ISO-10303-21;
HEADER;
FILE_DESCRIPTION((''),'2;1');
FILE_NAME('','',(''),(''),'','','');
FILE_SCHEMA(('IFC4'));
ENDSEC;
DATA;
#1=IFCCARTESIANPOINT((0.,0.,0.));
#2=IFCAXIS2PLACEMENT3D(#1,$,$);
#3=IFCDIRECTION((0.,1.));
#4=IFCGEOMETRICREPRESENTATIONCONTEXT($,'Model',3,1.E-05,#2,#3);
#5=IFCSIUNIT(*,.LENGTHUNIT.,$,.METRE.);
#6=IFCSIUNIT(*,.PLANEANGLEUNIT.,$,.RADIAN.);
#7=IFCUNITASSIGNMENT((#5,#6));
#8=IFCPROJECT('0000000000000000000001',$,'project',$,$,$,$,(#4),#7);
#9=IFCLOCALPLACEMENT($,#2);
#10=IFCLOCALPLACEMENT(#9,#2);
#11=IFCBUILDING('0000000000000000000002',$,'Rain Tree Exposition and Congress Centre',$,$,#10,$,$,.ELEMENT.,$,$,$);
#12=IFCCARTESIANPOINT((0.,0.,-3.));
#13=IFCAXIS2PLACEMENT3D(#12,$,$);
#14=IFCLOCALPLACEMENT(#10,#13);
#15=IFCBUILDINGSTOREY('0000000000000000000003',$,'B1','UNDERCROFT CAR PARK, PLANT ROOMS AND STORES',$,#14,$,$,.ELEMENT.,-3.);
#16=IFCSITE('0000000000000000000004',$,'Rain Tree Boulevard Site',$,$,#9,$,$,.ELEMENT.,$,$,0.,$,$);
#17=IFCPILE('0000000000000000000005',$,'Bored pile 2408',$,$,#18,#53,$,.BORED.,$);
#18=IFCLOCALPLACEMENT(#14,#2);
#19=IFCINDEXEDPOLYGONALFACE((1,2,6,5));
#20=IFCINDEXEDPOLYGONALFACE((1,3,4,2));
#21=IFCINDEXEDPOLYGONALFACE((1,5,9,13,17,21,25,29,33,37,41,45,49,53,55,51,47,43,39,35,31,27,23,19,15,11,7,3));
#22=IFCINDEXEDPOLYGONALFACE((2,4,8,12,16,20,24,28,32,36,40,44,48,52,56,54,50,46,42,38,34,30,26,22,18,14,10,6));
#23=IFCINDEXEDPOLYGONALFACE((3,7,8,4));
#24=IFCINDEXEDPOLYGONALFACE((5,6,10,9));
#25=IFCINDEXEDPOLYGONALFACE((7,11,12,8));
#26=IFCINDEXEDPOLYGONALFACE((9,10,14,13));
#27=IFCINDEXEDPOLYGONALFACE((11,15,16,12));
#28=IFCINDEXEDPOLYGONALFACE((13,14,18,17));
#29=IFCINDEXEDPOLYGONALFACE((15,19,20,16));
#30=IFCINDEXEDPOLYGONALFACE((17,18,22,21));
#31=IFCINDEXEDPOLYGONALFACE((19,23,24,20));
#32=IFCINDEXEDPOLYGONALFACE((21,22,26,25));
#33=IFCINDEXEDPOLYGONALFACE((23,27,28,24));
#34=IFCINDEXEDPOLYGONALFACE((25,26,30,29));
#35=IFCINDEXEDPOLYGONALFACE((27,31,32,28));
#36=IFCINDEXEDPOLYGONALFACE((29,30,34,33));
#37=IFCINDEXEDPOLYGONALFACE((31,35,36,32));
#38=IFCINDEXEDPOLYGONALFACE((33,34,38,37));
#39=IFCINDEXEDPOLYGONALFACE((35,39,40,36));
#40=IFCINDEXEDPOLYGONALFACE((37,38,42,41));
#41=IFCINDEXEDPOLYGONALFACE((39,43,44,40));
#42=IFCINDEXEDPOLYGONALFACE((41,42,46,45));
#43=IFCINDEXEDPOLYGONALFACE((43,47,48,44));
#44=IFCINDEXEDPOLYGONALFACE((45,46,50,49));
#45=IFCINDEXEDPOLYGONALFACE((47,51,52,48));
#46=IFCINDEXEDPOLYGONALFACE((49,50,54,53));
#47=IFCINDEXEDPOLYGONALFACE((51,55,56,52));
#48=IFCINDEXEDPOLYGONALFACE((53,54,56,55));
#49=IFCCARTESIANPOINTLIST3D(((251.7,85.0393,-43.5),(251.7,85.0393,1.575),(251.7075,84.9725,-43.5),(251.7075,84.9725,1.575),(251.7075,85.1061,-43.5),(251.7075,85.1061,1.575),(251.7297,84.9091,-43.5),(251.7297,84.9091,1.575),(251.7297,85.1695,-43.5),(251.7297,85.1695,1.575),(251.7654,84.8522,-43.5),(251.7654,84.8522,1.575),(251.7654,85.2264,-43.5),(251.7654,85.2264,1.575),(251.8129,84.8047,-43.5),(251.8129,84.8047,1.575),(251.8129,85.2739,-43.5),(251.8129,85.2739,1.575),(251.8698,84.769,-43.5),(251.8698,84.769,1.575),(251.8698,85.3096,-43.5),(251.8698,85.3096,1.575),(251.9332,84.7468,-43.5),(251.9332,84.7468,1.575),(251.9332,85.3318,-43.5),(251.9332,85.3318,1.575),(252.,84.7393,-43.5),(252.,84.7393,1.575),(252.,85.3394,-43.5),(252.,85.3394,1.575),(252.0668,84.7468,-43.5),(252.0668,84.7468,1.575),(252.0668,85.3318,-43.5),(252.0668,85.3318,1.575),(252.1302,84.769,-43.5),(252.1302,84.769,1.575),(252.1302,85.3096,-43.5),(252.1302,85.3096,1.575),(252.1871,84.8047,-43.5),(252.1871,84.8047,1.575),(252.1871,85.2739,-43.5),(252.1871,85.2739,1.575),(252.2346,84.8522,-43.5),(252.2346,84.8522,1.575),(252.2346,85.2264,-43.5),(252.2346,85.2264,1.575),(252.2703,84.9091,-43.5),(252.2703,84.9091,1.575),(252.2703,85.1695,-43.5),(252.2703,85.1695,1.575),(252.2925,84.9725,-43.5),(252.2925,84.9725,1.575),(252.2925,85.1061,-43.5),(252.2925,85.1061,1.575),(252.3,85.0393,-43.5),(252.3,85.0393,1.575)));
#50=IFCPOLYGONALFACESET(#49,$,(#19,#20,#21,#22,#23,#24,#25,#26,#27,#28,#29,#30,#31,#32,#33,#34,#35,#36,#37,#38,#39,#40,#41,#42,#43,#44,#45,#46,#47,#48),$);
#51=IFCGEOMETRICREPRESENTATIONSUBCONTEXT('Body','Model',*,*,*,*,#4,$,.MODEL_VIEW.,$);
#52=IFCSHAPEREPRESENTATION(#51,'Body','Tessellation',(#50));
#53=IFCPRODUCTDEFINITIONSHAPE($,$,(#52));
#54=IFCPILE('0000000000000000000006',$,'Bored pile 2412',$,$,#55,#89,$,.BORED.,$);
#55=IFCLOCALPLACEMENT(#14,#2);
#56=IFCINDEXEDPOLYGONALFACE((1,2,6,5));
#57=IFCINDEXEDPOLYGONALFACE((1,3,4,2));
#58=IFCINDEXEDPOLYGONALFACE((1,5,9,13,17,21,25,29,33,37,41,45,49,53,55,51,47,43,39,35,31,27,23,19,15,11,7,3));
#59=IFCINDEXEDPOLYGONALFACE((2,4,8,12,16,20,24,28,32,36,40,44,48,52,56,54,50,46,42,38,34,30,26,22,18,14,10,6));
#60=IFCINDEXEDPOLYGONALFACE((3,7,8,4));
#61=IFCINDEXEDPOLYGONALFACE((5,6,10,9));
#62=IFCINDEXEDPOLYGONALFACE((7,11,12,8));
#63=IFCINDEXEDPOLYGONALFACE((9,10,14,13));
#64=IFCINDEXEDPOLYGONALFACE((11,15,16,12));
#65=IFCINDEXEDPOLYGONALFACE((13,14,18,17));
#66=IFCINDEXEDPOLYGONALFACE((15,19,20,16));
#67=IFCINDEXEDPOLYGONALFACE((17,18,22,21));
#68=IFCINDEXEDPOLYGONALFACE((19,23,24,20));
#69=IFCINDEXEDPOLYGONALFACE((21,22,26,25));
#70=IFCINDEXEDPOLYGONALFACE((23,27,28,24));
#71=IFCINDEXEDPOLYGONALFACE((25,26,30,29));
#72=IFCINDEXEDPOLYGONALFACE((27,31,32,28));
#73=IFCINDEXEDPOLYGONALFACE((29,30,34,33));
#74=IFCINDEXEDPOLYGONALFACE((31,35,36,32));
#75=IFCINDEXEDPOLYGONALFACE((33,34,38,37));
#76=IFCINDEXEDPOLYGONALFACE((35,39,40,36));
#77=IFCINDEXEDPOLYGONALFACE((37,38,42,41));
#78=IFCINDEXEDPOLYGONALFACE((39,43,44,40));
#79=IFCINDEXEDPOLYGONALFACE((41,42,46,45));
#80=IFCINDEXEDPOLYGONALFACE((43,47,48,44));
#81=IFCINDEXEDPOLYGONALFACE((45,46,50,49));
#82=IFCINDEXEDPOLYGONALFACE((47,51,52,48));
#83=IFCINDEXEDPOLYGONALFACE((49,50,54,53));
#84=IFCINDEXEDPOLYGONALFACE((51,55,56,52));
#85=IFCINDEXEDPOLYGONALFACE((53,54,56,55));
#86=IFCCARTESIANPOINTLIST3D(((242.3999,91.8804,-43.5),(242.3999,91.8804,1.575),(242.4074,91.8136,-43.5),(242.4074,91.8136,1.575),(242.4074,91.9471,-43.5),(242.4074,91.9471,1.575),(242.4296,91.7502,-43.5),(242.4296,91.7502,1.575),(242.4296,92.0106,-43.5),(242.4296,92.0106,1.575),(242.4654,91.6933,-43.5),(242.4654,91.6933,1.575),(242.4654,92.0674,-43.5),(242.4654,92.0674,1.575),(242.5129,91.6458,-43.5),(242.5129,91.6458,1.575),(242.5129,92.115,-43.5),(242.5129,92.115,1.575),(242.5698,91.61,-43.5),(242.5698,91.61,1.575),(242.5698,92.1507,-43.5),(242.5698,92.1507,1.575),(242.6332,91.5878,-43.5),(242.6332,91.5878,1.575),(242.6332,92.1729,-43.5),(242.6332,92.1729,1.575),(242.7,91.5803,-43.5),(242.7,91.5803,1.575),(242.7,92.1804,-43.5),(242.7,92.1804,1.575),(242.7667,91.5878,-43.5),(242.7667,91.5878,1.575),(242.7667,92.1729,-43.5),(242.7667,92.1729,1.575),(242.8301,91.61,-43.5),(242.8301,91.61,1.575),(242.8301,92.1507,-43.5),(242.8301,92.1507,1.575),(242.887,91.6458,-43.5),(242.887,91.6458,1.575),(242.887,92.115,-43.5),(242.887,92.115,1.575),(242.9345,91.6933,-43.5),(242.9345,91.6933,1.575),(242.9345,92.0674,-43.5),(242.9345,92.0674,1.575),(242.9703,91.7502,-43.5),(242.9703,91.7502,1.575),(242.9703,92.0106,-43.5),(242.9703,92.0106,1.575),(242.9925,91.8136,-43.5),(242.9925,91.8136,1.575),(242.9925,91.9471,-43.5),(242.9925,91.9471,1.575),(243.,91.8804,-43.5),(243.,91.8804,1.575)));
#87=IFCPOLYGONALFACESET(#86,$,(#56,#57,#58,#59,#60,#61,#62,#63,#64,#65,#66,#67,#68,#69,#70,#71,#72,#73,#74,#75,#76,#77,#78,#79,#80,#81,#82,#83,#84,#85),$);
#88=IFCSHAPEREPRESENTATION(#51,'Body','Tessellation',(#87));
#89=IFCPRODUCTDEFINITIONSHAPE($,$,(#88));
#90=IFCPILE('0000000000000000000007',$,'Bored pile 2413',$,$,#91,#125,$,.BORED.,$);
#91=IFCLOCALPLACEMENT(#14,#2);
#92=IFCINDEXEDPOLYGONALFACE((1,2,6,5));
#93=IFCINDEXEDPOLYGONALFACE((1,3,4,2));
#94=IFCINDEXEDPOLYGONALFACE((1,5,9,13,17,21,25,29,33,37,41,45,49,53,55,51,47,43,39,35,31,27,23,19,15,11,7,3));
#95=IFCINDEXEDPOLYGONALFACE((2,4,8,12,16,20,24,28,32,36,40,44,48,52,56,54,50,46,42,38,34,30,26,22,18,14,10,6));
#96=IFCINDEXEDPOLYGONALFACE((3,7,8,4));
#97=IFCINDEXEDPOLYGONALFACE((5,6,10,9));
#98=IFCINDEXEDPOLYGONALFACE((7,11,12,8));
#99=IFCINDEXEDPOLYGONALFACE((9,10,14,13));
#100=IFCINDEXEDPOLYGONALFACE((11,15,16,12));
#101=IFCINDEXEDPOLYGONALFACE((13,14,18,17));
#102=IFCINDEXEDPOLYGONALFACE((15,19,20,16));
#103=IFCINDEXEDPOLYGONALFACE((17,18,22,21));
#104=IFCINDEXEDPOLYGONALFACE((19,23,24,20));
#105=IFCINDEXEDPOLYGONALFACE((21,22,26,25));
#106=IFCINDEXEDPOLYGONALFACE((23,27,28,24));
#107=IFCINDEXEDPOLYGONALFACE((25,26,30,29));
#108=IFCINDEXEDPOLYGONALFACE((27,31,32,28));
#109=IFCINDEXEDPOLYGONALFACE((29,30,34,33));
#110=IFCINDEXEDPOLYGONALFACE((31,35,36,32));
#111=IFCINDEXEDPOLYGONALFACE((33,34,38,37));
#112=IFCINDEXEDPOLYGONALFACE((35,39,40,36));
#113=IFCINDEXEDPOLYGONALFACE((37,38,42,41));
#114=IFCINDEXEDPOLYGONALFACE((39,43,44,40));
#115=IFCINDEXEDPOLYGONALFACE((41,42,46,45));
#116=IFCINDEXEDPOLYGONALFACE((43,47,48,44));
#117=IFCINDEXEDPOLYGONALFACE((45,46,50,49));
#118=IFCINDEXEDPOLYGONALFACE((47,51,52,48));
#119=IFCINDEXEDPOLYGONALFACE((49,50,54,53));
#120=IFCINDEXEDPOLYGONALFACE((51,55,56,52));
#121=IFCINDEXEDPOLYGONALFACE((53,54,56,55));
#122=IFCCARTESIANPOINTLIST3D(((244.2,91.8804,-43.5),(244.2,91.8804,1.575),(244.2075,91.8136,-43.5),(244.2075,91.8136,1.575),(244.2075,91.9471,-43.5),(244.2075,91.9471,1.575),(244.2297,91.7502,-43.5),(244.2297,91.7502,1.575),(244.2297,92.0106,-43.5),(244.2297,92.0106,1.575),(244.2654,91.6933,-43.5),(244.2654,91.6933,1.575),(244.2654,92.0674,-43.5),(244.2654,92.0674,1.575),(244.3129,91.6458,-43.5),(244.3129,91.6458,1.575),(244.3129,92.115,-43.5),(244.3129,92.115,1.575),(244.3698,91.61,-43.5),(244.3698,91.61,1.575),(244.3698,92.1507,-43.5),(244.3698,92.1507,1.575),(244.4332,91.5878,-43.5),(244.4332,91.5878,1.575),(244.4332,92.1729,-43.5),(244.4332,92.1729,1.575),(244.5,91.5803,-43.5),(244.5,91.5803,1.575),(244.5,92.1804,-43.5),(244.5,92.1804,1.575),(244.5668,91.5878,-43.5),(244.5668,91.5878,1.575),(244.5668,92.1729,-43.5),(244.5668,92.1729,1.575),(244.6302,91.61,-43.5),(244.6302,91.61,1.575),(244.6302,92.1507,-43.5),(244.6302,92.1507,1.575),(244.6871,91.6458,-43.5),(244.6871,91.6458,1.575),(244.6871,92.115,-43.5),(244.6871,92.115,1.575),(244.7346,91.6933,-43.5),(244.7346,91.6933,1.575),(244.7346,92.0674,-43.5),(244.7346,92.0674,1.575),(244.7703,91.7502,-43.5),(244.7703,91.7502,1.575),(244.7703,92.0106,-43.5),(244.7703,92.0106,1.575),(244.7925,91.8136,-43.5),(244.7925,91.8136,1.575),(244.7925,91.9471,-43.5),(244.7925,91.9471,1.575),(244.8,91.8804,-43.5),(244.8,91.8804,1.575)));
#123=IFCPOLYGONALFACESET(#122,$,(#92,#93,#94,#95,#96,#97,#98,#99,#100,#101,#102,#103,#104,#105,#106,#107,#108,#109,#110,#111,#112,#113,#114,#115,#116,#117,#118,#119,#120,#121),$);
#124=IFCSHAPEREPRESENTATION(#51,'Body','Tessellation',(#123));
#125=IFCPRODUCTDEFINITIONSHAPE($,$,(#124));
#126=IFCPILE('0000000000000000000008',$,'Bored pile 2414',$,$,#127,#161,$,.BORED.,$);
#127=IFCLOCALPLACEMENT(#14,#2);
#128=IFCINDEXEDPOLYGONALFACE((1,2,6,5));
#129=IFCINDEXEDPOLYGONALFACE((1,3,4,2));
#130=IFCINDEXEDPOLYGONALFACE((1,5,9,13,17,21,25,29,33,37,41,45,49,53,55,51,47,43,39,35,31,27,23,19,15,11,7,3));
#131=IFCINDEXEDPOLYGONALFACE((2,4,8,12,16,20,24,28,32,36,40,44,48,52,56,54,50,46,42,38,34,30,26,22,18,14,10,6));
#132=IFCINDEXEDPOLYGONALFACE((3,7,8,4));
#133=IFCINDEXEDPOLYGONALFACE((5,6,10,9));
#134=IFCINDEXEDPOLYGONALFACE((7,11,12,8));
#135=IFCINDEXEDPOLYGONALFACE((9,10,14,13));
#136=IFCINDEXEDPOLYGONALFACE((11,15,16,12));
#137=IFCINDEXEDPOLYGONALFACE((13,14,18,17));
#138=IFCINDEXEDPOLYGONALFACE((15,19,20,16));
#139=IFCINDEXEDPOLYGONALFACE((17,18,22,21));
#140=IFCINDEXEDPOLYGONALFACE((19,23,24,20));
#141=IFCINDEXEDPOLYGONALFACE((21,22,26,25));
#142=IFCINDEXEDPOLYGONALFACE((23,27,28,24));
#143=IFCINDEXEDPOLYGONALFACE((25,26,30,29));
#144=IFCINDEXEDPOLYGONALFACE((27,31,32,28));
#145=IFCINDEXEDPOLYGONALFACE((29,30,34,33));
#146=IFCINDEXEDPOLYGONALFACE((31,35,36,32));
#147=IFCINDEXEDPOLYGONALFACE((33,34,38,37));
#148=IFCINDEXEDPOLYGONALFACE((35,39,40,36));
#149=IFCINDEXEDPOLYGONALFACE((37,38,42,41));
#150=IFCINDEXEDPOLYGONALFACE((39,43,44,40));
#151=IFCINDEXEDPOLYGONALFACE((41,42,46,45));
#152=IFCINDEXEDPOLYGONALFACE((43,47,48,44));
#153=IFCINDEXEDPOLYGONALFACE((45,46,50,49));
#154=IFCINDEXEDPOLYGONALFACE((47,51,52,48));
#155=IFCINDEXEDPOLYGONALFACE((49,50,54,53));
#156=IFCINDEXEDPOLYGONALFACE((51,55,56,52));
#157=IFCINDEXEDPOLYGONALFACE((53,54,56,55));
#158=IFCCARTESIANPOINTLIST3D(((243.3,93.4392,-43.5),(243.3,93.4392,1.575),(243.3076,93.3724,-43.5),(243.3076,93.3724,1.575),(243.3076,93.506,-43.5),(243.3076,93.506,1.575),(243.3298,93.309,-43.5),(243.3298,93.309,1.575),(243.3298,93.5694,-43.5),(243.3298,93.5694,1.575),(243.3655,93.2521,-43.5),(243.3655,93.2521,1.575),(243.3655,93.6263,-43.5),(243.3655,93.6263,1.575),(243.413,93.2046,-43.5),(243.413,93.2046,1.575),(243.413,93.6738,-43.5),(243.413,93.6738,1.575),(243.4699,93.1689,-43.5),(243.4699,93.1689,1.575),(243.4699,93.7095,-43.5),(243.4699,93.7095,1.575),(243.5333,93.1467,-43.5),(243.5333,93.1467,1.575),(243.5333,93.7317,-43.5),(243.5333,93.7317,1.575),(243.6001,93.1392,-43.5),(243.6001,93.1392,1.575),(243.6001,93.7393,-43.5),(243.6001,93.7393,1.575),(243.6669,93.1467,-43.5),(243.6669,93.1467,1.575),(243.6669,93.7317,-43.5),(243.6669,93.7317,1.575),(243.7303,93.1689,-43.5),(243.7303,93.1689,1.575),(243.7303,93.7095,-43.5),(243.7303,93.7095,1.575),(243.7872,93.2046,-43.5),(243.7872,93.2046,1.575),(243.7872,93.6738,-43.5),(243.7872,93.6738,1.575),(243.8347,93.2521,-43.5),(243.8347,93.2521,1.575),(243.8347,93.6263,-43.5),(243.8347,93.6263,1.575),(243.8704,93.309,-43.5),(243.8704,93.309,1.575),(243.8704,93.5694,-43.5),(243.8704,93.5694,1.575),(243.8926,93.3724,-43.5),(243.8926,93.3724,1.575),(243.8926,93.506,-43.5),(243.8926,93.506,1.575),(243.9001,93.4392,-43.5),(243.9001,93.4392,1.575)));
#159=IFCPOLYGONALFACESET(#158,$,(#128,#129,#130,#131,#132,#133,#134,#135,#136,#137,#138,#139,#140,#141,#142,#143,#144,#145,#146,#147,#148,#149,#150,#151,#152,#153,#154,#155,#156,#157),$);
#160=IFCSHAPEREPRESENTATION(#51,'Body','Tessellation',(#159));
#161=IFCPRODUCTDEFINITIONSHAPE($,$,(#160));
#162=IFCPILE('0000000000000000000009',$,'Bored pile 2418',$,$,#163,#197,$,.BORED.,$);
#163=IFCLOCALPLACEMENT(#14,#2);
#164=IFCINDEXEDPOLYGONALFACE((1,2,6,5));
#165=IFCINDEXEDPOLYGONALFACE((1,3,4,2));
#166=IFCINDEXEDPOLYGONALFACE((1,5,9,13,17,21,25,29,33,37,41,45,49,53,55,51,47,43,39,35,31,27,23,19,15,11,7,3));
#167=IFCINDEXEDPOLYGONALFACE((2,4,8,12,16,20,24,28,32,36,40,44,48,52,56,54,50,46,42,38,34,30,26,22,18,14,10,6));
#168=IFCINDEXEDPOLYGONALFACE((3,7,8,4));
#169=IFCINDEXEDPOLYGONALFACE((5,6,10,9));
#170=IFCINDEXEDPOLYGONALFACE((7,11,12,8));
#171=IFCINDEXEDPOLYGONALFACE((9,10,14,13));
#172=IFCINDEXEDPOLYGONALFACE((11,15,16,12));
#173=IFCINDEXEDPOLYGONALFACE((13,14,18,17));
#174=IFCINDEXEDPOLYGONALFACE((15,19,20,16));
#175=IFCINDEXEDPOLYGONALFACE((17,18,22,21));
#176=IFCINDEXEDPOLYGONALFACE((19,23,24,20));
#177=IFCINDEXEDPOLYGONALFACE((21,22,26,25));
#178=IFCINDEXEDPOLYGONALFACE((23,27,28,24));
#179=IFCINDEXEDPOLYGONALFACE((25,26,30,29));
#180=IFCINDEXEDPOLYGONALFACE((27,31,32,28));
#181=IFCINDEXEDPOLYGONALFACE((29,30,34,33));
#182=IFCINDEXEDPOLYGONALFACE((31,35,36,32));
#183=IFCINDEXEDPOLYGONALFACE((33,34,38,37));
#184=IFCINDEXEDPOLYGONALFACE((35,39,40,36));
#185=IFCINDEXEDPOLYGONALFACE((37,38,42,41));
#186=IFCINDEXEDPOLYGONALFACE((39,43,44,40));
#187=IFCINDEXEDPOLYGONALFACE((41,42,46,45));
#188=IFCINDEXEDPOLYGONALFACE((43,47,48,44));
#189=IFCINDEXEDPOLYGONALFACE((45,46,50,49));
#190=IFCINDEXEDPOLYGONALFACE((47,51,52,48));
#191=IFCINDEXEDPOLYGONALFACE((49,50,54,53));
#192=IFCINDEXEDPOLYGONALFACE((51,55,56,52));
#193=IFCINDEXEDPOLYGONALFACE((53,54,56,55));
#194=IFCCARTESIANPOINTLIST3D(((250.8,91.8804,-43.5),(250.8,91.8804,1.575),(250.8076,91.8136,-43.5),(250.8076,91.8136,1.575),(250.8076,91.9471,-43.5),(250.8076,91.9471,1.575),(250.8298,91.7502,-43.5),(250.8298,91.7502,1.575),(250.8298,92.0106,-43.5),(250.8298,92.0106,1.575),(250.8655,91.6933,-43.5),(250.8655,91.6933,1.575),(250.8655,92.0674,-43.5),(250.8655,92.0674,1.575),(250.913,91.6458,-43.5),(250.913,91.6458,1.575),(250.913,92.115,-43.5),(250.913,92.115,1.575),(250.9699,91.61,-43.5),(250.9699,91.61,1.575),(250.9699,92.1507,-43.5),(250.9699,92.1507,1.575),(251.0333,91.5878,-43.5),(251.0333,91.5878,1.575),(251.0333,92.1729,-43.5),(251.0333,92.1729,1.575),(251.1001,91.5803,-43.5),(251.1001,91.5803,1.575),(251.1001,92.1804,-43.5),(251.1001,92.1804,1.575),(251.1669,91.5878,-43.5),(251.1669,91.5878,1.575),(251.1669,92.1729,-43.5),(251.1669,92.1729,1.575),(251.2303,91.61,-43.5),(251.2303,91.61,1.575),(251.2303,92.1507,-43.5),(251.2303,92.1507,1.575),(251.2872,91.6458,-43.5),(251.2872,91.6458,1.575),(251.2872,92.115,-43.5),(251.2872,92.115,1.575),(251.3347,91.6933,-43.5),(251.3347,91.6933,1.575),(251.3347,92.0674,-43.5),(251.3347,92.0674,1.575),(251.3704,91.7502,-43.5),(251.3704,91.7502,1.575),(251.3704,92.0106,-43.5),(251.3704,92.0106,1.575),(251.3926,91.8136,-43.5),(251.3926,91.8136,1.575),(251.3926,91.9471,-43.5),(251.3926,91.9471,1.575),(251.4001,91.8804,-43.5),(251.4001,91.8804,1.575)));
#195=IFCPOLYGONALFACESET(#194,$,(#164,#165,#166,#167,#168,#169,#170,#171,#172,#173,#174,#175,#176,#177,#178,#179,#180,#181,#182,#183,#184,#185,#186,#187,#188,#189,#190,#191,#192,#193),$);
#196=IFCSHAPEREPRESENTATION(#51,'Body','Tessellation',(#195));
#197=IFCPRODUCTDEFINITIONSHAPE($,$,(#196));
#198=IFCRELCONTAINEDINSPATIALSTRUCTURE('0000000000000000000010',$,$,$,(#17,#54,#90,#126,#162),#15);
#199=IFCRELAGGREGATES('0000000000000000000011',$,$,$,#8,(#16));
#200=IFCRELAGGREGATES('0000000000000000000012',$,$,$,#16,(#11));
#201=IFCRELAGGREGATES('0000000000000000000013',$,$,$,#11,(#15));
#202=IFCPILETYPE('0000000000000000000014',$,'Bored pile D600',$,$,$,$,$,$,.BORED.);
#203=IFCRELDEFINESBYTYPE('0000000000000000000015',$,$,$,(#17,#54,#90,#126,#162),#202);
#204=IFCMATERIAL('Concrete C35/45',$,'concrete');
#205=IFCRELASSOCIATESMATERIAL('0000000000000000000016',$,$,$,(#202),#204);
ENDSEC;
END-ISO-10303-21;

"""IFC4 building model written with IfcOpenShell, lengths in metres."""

from ifc_helpers import new_model, si_unit, direction, frame, origin, origin_2d, place, context, subcontext, project, spatial, circle, extrude, material, material_profile, profile_set, type_object, element, save


model = new_model("IFC4")

# Units and contexts
model_context = context("Model", 3, precision=1e-05, world=origin(), true_north=direction((0.0, 1.0)))
body_context = subcontext(model_context, "Body", "Model", "MODEL_VIEW")
ifc_project = project(units=[si_unit("LENGTHUNIT", "METRE"), si_unit("PLANEANGLEUNIT", "RADIAN")], contexts=[model_context])

# Site, building, storey
site_placement = place(None, origin())
site = spatial("IfcSite", under=ifc_project, at=site_placement, Name="Rain Tree Boulevard Site", CompositionType="ELEMENT", RefElevation=0.0)
building_placement = place(site_placement, origin())
building = spatial("IfcBuilding", under=site, at=building_placement, Name="Rain Tree Exposition and Congress Centre", CompositionType="ELEMENT")
storey_placement = place(building_placement, frame((0.0, 0.0, -3.0)))
storey = spatial("IfcBuildingStorey", under=building, at=storey_placement, Name="B1", Description="UNDERCROFT CAR PARK, PLANT ROOMS AND STORES", CompositionType="ELEMENT", Elevation=-3.0)

# Piles
ifc_material_1 = material(Name="Concrete C35/45", Category="concrete")
ifc_material_profile_1 = material_profile(ifc_material_1, circle(Radius=0.3, at=origin_2d()), Name="D600")
ifc_profile_set_1 = profile_set([ifc_material_profile_1], Name="Concrete C35/45")
pile_type_1 = type_object("IfcPileType", Name="Bored pile D600", PredefinedType="BORED", material=ifc_profile_set_1)
for number, where, z_axis, x_axis, name in (
    (1, (252.0, 85.0393, 1.575), (0.0, 0.0, -1.0), (1.0, 0.0, 0.0), "Bored pile 2408"),
    (2, (242.7, 91.8804, 1.575), (0.0, 0.0, -1.0), (1.0, 0.0, 0.0), "Bored pile 2412"),
    (3, (244.5, 91.8804, 1.575), (0.0, 0.0, -1.0), (1.0, 0.0, 0.0), "Bored pile 2413"),
    (4, (243.6001, 93.4392, 1.575), (0.0, 0.0, -1.0), (1.0, 0.0, 0.0), "Bored pile 2414"),
    (5, (251.1001, 91.8804, 1.575), (0.0, 0.0, -1.0), (1.0, 0.0, 0.0), "Bored pile 2418"),
):
    element("IfcPile", number, at=place(storey_placement, frame(where, z_axis=z_axis, x_axis=x_axis)), inside=storey, type_object=pile_type_1, Name=name, PredefinedType="BORED", context=body_context, shape_type="SweptSolid", body=[
        extrude(circle(Radius=0.3, at=origin_2d()), origin(), (0.0, 0.0, 1.0), 45.075),
    ])

save(model, "model.ifc")
